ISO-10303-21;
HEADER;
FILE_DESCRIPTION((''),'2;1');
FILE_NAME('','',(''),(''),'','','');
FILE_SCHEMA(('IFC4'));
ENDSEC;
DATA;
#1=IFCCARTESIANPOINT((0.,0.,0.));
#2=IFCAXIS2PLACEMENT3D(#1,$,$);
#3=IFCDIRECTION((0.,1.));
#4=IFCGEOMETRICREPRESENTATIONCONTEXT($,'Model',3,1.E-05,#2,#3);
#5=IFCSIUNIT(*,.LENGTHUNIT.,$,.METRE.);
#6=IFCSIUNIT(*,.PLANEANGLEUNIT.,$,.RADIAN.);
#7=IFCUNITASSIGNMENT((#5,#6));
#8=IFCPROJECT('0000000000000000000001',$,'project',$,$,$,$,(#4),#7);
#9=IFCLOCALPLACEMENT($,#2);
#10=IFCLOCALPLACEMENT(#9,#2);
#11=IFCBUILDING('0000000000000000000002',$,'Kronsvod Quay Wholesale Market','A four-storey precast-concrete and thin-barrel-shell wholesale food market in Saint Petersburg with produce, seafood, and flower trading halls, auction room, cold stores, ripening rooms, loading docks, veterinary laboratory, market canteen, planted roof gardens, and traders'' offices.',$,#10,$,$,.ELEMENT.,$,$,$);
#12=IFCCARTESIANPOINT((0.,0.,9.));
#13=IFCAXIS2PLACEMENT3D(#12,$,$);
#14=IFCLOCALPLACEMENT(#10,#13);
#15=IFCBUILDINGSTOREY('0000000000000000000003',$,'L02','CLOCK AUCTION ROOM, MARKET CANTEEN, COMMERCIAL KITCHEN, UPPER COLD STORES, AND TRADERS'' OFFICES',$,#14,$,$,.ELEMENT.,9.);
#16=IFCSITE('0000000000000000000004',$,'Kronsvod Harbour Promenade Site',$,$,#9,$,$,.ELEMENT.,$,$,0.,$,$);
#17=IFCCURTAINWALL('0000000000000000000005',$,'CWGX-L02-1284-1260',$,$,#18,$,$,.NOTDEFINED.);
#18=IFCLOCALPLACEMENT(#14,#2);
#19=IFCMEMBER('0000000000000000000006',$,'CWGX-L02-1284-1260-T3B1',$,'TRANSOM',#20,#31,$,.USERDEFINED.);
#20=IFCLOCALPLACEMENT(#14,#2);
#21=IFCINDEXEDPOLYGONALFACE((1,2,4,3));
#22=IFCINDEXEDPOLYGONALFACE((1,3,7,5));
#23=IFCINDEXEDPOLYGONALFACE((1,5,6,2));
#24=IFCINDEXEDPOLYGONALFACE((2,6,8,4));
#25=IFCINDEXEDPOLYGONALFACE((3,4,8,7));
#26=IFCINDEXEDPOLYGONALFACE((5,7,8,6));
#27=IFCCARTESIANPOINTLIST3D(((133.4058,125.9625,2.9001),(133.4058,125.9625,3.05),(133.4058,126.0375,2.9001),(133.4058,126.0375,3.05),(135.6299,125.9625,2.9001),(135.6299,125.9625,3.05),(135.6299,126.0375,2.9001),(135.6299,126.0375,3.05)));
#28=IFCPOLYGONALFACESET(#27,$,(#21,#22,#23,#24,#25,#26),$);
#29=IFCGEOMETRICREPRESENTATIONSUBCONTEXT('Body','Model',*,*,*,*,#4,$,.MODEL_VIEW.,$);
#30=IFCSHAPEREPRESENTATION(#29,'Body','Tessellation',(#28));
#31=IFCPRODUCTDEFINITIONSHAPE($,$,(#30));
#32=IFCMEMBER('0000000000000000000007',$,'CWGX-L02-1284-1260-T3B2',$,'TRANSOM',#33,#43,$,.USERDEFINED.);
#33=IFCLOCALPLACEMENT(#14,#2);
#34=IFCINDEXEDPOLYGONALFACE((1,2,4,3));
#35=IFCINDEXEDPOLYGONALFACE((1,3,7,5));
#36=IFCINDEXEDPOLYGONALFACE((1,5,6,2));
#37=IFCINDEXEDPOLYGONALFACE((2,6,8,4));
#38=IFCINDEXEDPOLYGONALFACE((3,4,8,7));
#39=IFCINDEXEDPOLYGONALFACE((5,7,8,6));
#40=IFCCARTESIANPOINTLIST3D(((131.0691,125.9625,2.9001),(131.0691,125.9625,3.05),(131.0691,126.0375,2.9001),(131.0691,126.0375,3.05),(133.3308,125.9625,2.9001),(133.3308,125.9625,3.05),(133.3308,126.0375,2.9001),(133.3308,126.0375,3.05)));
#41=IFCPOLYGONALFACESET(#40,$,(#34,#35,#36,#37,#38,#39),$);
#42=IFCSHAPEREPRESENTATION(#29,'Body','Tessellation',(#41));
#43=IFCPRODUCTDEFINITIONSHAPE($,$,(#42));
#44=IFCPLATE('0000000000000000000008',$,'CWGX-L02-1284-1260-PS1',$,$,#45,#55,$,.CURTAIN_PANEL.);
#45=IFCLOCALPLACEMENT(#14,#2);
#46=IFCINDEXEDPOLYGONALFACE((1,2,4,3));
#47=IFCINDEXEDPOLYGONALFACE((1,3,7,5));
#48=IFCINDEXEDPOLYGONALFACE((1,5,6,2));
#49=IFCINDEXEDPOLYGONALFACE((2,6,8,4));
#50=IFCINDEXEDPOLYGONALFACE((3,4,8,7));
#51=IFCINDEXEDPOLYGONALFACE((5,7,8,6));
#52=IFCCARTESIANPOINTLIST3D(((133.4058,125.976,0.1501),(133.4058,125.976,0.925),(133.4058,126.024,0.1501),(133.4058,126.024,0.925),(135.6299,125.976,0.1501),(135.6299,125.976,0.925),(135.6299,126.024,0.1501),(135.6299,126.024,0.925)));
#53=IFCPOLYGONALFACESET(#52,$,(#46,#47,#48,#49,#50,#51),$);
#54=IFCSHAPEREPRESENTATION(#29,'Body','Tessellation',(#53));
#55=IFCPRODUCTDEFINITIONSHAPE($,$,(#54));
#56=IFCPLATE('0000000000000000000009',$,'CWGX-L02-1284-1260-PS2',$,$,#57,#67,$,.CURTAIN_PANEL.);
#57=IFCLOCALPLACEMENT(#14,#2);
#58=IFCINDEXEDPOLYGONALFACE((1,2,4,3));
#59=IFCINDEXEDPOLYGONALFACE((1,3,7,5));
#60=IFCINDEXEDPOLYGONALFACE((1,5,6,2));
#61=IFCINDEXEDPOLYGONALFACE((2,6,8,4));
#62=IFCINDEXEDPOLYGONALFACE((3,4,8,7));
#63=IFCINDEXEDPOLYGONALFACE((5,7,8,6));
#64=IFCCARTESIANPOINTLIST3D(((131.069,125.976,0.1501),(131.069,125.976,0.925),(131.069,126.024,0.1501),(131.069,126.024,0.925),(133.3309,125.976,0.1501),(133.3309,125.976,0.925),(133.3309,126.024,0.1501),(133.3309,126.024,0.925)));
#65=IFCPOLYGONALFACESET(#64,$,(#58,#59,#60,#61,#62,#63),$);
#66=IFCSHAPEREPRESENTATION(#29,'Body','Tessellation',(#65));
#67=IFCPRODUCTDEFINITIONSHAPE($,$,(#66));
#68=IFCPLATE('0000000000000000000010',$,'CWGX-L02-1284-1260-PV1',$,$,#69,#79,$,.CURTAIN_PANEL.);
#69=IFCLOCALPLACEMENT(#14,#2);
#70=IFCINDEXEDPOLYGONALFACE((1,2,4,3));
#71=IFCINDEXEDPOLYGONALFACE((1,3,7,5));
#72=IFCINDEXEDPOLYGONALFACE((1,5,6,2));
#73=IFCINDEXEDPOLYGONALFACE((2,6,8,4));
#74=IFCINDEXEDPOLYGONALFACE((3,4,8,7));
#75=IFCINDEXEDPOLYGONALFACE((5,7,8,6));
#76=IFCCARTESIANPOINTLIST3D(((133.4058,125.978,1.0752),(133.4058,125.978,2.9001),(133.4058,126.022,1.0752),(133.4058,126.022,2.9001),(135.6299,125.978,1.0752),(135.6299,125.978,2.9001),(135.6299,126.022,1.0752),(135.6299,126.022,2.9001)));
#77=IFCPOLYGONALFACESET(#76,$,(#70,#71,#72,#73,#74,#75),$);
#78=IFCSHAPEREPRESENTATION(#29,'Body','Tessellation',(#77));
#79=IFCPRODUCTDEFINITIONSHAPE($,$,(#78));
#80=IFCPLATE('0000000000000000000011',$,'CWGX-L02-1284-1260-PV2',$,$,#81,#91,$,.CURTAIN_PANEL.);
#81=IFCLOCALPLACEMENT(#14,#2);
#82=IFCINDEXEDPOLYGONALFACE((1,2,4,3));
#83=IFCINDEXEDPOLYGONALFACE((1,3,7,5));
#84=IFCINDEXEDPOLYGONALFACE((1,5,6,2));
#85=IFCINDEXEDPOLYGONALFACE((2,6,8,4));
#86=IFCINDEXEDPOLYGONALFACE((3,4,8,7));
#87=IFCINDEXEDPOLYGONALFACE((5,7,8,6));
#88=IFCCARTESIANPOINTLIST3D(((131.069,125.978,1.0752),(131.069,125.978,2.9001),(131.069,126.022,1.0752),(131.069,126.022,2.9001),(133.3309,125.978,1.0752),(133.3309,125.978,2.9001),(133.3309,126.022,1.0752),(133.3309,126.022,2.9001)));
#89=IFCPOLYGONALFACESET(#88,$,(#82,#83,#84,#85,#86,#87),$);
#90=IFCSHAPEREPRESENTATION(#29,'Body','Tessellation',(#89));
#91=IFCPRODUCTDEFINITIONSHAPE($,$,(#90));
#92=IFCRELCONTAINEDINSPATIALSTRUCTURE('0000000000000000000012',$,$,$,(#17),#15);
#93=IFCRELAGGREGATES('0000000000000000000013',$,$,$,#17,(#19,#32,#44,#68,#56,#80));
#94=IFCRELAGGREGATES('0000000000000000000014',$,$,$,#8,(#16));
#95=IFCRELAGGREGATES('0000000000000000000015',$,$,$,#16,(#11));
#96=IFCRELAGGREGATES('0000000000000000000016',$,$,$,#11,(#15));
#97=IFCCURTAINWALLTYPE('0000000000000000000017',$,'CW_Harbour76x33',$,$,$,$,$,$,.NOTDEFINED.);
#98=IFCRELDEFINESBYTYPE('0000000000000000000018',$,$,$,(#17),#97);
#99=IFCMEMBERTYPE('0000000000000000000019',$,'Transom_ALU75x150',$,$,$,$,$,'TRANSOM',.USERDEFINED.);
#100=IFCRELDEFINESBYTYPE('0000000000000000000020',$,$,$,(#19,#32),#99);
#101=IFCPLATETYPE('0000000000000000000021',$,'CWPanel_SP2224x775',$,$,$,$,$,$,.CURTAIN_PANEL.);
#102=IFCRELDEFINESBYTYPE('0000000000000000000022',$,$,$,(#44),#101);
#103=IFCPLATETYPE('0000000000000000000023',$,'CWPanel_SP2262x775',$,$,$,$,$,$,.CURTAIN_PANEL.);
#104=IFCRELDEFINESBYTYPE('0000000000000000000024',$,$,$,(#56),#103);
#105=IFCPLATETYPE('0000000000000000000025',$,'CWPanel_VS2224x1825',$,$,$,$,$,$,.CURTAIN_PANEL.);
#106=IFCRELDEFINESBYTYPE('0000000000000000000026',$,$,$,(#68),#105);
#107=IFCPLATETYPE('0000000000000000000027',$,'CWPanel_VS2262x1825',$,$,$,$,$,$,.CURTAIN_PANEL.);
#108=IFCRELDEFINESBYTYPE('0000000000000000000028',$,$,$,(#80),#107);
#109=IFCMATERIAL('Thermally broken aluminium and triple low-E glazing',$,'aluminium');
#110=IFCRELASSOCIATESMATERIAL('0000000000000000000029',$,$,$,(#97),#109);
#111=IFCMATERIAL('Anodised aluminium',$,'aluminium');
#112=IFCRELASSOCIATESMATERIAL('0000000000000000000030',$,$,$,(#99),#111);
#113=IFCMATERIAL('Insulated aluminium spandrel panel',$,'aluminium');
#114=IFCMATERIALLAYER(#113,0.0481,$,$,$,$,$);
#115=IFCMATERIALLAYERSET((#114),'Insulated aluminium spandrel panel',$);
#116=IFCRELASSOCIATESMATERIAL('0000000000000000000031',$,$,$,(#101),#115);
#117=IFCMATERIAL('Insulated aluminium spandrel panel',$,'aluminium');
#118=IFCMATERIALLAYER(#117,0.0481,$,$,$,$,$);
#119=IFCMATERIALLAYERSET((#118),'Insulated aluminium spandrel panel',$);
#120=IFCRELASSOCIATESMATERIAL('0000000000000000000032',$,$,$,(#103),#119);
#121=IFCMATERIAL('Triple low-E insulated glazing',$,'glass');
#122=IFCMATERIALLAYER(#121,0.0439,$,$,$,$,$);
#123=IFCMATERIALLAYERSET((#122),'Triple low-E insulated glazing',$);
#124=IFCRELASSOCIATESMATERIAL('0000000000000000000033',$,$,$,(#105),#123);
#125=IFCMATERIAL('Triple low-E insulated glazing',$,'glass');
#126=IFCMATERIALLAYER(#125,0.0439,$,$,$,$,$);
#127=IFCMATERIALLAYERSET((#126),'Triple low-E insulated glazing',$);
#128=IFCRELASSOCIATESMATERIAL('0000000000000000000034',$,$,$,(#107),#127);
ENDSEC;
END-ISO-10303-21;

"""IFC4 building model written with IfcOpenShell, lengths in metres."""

from ifc_helpers import new_model, si_unit, direction, frame, origin, origin_2d, place, context, subcontext, project, spatial, rectangle, extrude, material, layer, layer_set, material_profile, profile_set, type_object, element, aggregate, save


model = new_model("IFC4")

# Units and contexts
model_context = context("Model", 3, precision=1e-05, world=origin(), true_north=direction((0.0, 1.0)))
body_context = subcontext(model_context, "Body", "Model", "MODEL_VIEW")
ifc_project = project(units=[si_unit("LENGTHUNIT", "METRE"), si_unit("PLANEANGLEUNIT", "RADIAN")], contexts=[model_context])

# Site, building, storey
site_placement = place(None, origin())
site = spatial("IfcSite", under=ifc_project, at=site_placement, Name="Kronsvod Harbour Promenade Site", CompositionType="ELEMENT", RefElevation=0.0)
building_placement = place(site_placement, origin())
building = spatial("IfcBuilding", under=site, at=building_placement, Name="Kronsvod Quay Wholesale Market", Description="A four-storey precast-concrete and thin-barrel-shell wholesale food market in Saint Petersburg with produce, seafood, and flower trading halls, auction room, cold stores, ripening rooms, loading docks, veterinary laboratory, market canteen, planted roof gardens, and traders' offices.", CompositionType="ELEMENT")
storey_placement = place(building_placement, frame((0.0, 0.0, 9.0)))
storey = spatial("IfcBuildingStorey", under=building, at=storey_placement, Name="L02", Description="CLOCK AUCTION ROOM, MARKET CANTEEN, COMMERCIAL KITCHEN, UPPER COLD STORES, AND TRADERS' OFFICES", CompositionType="ELEMENT", Elevation=9.0)

# Curtain wall
ifc_material_1 = material(Name="Thermally broken aluminium and triple low-E glazing", Category="aluminium")
curtain_wall_type = type_object("IfcCurtainWallType", Name="CW_Harbour76x33", PredefinedType="NOTDEFINED", material=ifc_material_1)
curtain_wall_placement = place(storey_placement, origin())
curtain_wall = element("IfcCurtainWall", 1, at=curtain_wall_placement, inside=storey, type_object=curtain_wall_type, Name="CWGX-L02-1284-1260", PredefinedType="NOTDEFINED")

# Members
ifc_material_2 = material(Name="Anodised aluminium", Category="aluminium")
ifc_material_profile_1 = material_profile(ifc_material_2, rectangle(XDim=0.075, YDim=0.1499, at=origin_2d()), Name="ALUT75x150")
ifc_profile_set_1 = profile_set([ifc_material_profile_1], Name="Anodised aluminium")
member_type_1 = type_object("IfcMemberType", Name="Transom_ALU75x150", ElementType="TRANSOM", PredefinedType="USERDEFINED", material=ifc_profile_set_1)
member_1_placement = place(storey_placement, frame((135.6299, 126.0, 2.9751), z_axis=(-1.0, 0.0, 0.0), x_axis=(0.0, -1.0, 0.0)))
member_1 = element("IfcMember", 2, at=member_1_placement, type_object=member_type_1, Name="CWGX-L02-1284-1260-T3B1", ObjectType="TRANSOM", PredefinedType="USERDEFINED", context=body_context, shape_type="SweptSolid", body=[
    extrude(rectangle(XDim=0.075, YDim=0.1499, at=origin_2d()), origin(), (0.0, 0.0, 1.0), 2.2241),
])
member_2_placement = place(storey_placement, frame((133.3308, 126.0, 2.9751), z_axis=(-1.0, 0.0, 0.0), x_axis=(0.0, -1.0, 0.0)))
member_2 = element("IfcMember", 3, at=member_2_placement, type_object=member_type_1, Name="CWGX-L02-1284-1260-T3B2", ObjectType="TRANSOM", PredefinedType="USERDEFINED", context=body_context, shape_type="SweptSolid", body=[
    extrude(rectangle(XDim=0.075, YDim=0.1499, at=origin_2d()), origin(), (0.0, 0.0, 1.0), 2.2617),
])

# Plates
ifc_material_3 = material(Name="Insulated aluminium spandrel panel", Category="aluminium")
ifc_layer_1 = layer(ifc_material_3, 0.0481)
ifc_layer_set_1 = layer_set([ifc_layer_1], Name="Insulated aluminium spandrel panel")
plate_type_1 = type_object("IfcPlateType", Name="CWPanel_SP2224x775", PredefinedType="CURTAIN_PANEL", material=ifc_layer_set_1)
plate_1_placement = place(storey_placement, frame((134.5178, 126.0, 0.1501), z_axis=(0.0, 0.0, 1.0), x_axis=(-1.0, 0.0, 0.0)))
plate_1 = element("IfcPlate", 4, at=plate_1_placement, type_object=plate_type_1, Name="CWGX-L02-1284-1260-PS1", PredefinedType="CURTAIN_PANEL", context=body_context, shape_type="SweptSolid", body=[
    extrude(rectangle(XDim=2.2241, YDim=0.0481, at=origin_2d()), origin(), (0.0, 0.0, 1.0), 0.7749),
])
ifc_material_4 = material(Name="Insulated aluminium spandrel panel", Category="aluminium")
ifc_layer_2 = layer(ifc_material_4, 0.0481)
ifc_layer_set_2 = layer_set([ifc_layer_2], Name="Insulated aluminium spandrel panel")
plate_type_2 = type_object("IfcPlateType", Name="CWPanel_SP2262x775", PredefinedType="CURTAIN_PANEL", material=ifc_layer_set_2)
plate_2_placement = place(storey_placement, frame((132.2, 126.0, 0.1501), z_axis=(0.0, 0.0, 1.0), x_axis=(-1.0, 0.0, 0.0)))
plate_2 = element("IfcPlate", 5, at=plate_2_placement, type_object=plate_type_2, Name="CWGX-L02-1284-1260-PS2", PredefinedType="CURTAIN_PANEL", context=body_context, shape_type="SweptSolid", body=[
    extrude(rectangle(XDim=2.262, YDim=0.0481, at=origin_2d()), origin(), (0.0, 0.0, 1.0), 0.7749),
])
ifc_material_5 = material(Name="Triple low-E insulated glazing", Category="glass")
ifc_layer_3 = layer(ifc_material_5, 0.0439)
ifc_layer_set_3 = layer_set([ifc_layer_3], Name="Triple low-E insulated glazing")
plate_type_3 = type_object("IfcPlateType", Name="CWPanel_VS2224x1825", PredefinedType="CURTAIN_PANEL", material=ifc_layer_set_3)
plate_3_placement = place(storey_placement, frame((134.5178, 126.0, 1.0752), z_axis=(0.0, 0.0, 1.0), x_axis=(-1.0, 0.0, 0.0)))
plate_3 = element("IfcPlate", 6, at=plate_3_placement, type_object=plate_type_3, Name="CWGX-L02-1284-1260-PV1", PredefinedType="CURTAIN_PANEL", context=body_context, shape_type="SweptSolid", body=[
    extrude(rectangle(XDim=2.2241, YDim=0.0439, at=origin_2d()), origin(), (0.0, 0.0, 1.0), 1.825),
])
ifc_material_6 = material(Name="Triple low-E insulated glazing", Category="glass")
ifc_layer_4 = layer(ifc_material_6, 0.0439)
ifc_layer_set_4 = layer_set([ifc_layer_4], Name="Triple low-E insulated glazing")
plate_type_4 = type_object("IfcPlateType", Name="CWPanel_VS2262x1825", PredefinedType="CURTAIN_PANEL", material=ifc_layer_set_4)
plate_4_placement = place(storey_placement, frame((132.2, 126.0, 1.0752), z_axis=(0.0, 0.0, 1.0), x_axis=(-1.0, 0.0, 0.0)))
plate_4 = element("IfcPlate", 7, at=plate_4_placement, type_object=plate_type_4, Name="CWGX-L02-1284-1260-PV2", PredefinedType="CURTAIN_PANEL", context=body_context, shape_type="SweptSolid", body=[
    extrude(rectangle(XDim=2.262, YDim=0.0439, at=origin_2d()), origin(), (0.0, 0.0, 1.0), 1.825),
])
aggregate(curtain_wall, [member_1, member_2, plate_1, plate_3, plate_2, plate_4])

save(model, "model.ifc")
